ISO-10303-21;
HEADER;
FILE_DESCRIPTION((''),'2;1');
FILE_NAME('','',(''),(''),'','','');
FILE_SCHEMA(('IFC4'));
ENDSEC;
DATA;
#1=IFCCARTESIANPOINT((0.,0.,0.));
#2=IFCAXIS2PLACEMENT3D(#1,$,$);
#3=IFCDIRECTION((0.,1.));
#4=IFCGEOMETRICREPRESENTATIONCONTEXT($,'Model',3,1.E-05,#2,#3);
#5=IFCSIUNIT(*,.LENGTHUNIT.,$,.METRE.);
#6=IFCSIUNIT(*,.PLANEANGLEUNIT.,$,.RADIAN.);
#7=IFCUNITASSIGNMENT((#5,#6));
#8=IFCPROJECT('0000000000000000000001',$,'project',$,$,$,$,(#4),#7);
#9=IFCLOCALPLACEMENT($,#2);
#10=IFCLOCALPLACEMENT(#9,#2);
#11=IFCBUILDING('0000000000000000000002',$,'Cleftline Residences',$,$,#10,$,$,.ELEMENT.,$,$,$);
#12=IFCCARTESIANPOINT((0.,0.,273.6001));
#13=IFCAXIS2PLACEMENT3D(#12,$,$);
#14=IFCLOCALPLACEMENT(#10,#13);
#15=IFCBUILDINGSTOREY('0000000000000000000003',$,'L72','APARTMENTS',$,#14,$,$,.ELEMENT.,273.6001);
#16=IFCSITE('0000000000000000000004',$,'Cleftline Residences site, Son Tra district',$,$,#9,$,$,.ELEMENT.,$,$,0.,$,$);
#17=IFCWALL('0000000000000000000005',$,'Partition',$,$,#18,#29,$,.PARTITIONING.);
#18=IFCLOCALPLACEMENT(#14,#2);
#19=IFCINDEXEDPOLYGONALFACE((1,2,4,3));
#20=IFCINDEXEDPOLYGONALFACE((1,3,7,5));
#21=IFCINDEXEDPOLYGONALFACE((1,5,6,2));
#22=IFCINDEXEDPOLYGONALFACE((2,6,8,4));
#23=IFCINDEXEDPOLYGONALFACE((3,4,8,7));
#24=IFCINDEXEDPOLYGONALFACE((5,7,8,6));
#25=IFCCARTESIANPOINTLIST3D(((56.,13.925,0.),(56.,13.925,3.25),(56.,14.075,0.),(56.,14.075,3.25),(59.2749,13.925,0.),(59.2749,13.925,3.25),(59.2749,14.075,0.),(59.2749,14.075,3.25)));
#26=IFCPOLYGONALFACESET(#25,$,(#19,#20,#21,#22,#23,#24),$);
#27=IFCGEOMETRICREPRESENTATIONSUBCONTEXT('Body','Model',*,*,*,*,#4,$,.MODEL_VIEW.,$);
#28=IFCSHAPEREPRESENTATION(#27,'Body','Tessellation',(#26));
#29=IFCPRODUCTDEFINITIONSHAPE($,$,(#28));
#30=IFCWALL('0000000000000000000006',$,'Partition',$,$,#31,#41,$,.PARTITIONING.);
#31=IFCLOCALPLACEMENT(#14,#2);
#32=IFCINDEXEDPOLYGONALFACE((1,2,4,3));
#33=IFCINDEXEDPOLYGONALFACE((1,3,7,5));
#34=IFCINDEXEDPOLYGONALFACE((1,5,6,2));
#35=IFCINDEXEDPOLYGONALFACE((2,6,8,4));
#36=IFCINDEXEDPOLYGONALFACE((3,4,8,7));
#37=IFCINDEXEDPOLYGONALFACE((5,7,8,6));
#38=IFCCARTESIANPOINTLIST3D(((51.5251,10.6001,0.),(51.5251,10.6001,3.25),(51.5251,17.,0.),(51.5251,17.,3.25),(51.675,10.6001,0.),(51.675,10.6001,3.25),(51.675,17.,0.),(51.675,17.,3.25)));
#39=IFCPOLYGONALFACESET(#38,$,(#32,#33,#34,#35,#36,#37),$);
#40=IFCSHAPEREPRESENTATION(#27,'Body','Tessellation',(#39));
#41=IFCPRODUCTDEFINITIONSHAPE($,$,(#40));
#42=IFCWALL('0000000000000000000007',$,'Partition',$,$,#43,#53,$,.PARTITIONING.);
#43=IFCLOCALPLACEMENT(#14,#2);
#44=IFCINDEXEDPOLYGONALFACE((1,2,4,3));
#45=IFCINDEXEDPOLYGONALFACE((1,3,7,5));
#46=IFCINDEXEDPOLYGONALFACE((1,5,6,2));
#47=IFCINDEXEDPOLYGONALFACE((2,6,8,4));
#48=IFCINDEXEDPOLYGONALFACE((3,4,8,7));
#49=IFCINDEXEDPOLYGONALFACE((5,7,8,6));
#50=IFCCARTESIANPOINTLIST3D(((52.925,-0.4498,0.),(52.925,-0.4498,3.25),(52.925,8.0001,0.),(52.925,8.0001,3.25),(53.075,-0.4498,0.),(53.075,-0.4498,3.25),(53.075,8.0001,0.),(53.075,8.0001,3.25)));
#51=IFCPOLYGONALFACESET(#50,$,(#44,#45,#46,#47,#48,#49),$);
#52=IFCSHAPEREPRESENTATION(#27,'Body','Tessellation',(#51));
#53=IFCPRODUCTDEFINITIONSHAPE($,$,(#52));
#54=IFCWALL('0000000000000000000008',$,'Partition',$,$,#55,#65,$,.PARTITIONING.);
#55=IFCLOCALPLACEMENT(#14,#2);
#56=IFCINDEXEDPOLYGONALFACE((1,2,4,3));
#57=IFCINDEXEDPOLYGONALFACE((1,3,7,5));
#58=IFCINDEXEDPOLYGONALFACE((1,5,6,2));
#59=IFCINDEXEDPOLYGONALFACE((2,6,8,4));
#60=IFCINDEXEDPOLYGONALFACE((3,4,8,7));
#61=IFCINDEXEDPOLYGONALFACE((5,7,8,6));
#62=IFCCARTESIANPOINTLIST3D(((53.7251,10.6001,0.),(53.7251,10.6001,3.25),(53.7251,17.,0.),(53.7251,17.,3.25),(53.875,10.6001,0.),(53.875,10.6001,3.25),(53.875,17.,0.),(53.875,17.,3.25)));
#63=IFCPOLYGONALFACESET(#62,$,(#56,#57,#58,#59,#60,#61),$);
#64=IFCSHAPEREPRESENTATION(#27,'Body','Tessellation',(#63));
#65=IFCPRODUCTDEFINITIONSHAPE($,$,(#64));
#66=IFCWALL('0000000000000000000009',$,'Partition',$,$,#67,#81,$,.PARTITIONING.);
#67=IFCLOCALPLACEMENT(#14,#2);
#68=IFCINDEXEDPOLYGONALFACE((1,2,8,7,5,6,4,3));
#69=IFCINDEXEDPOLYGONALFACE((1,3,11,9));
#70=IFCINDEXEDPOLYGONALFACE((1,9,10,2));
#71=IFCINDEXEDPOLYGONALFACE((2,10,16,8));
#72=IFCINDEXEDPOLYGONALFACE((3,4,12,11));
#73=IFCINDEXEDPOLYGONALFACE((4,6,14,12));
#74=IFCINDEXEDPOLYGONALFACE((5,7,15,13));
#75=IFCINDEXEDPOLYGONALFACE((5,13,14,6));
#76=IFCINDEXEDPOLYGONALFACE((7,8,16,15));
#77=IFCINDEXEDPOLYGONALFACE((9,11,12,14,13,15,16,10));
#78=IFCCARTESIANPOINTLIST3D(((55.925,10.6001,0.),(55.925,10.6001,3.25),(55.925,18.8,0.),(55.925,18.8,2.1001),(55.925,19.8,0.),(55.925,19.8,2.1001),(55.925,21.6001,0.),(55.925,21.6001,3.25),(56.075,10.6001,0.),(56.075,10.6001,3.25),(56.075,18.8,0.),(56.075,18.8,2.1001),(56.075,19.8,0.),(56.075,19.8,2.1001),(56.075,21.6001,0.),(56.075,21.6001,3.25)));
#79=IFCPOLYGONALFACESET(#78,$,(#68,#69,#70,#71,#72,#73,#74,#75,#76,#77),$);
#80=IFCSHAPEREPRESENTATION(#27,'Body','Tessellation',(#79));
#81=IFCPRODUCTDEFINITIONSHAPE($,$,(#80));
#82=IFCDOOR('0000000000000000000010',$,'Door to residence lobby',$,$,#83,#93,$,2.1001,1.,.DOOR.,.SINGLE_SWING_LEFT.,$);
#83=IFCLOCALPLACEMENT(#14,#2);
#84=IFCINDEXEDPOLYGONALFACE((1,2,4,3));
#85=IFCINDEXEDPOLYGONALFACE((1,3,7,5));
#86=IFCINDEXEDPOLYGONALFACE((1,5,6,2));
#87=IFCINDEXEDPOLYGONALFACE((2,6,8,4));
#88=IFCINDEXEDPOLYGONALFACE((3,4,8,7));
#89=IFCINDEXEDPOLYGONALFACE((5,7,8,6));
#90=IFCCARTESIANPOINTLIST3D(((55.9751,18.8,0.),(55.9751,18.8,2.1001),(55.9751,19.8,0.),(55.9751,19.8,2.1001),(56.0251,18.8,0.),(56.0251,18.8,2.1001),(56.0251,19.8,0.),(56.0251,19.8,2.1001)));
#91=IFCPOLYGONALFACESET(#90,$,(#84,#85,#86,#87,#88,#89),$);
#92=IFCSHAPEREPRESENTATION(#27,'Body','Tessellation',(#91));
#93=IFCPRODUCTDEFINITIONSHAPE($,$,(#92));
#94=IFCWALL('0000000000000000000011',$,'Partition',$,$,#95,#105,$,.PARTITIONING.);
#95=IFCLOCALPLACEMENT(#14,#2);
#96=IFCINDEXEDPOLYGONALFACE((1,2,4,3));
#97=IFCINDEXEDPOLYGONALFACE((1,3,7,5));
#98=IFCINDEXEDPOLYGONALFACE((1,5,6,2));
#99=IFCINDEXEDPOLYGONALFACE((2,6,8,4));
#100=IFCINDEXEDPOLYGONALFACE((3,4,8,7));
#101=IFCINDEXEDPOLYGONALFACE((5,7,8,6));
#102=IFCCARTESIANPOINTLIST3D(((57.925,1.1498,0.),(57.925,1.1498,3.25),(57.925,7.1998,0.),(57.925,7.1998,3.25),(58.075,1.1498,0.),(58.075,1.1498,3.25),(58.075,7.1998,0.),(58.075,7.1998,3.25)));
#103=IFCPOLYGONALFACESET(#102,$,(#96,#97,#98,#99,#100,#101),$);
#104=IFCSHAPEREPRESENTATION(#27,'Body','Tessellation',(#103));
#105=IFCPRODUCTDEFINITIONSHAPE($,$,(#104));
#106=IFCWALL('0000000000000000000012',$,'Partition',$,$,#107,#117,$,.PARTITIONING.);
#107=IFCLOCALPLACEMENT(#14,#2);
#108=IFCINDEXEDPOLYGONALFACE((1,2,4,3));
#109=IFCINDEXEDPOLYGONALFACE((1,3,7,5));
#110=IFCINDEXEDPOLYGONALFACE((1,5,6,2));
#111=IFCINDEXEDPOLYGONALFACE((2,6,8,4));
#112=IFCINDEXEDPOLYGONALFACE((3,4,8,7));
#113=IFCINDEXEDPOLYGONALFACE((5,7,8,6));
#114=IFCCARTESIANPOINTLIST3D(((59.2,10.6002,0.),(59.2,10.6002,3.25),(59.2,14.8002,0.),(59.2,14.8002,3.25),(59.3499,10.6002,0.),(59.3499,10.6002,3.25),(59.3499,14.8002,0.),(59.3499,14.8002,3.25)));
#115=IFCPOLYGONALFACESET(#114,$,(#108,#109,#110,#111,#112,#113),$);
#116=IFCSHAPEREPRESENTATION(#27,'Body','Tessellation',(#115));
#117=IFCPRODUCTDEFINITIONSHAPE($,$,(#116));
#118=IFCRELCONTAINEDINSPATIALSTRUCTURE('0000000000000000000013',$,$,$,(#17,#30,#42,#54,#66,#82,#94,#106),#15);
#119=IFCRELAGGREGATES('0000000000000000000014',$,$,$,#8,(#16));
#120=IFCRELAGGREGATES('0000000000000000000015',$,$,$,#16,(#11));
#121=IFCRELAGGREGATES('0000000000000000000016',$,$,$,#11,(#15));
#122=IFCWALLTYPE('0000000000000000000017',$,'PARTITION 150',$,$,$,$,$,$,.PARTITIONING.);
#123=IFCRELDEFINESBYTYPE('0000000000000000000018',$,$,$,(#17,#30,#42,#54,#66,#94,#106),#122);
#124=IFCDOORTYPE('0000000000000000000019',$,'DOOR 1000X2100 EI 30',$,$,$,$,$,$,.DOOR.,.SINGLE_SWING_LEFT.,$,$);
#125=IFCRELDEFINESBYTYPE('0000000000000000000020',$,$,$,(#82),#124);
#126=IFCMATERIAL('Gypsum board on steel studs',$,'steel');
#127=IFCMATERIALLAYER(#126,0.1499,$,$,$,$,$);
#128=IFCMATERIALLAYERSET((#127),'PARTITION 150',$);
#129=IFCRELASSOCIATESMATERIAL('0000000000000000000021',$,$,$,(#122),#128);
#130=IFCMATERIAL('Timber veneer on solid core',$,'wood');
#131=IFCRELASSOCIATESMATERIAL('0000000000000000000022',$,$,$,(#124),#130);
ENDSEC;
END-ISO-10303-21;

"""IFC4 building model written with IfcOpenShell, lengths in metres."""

from ifc_helpers import new_model, si_unit, direction, frame, frame_2d, origin, place, context, subcontext, project, spatial, rectangle, extrude, material, layer, layer_set, type_object, element, fill, save


model = new_model("IFC4")

# Units and contexts
model_context = context("Model", 3, precision=1e-05, world=origin(), true_north=direction((0.0, 1.0)))
body_context = subcontext(model_context, "Body", "Model", "MODEL_VIEW")
ifc_project = project(units=[si_unit("LENGTHUNIT", "METRE"), si_unit("PLANEANGLEUNIT", "RADIAN")], contexts=[model_context])

# Site, building, storey
site_placement = place(None, origin())
site = spatial("IfcSite", under=ifc_project, at=site_placement, Name="Cleftline Residences site, Son Tra district", CompositionType="ELEMENT", RefElevation=0.0)
building_placement = place(site_placement, origin())
building = spatial("IfcBuilding", under=site, at=building_placement, Name="Cleftline Residences", CompositionType="ELEMENT")
storey_placement = place(building_placement, frame((0.0, 0.0, 273.6001)))
storey = spatial("IfcBuildingStorey", under=building, at=storey_placement, Name="L72", Description="APARTMENTS", CompositionType="ELEMENT", Elevation=273.6001)

# Shared definitions
ifc_material_1 = material(Name="Gypsum board on steel studs", Category="steel")
ifc_layer_1 = layer(ifc_material_1, 0.1499)
ifc_layer_set_1 = layer_set([ifc_layer_1], Name="PARTITION 150")
wall_type_1 = type_object("IfcWallType", Name="PARTITION 150", PredefinedType="PARTITIONING", material=ifc_layer_set_1)

# Walls
wall_1_placement = place(storey_placement, frame((56.0, 14.0, 0.0), z_axis=(0.0, 0.0, 1.0), x_axis=(1.0, 0.0, 0.0)))
element("IfcWall", 1, at=wall_1_placement, inside=storey, type_object=wall_type_1, Name="Partition", PredefinedType="PARTITIONING", context=body_context, shape_type="SweptSolid", body=[
    extrude(rectangle(XDim=3.2749, YDim=0.1499, at=frame_2d((1.6375, 0.0))), origin(), (0.0, 0.0, 1.0), 3.25),
])
wall_2_placement = place(storey_placement, frame((51.6001, 10.6001, 0.0), z_axis=(0.0, 0.0, 1.0), x_axis=(0.0, 1.0, 0.0)))
element("IfcWall", 2, at=wall_2_placement, inside=storey, type_object=wall_type_1, Name="Partition", PredefinedType="PARTITIONING", context=body_context, shape_type="SweptSolid", body=[
    extrude(rectangle(XDim=6.3999, YDim=0.1499, at=frame_2d((3.2, 0.0))), origin(), (0.0, 0.0, 1.0), 3.25),
])
wall_3_placement = place(storey_placement, frame((53.0, -0.45, 0.0), z_axis=(0.0, 0.0, 1.0), x_axis=(0.0, 1.0, 0.0)))
element("IfcWall", 3, at=wall_3_placement, inside=storey, type_object=wall_type_1, Name="Partition", PredefinedType="PARTITIONING", context=body_context, shape_type="SweptSolid", body=[
    extrude(rectangle(XDim=8.45, YDim=0.1499, at=frame_2d((4.2251, 0.0))), origin(), (0.0, 0.0, 1.0), 3.25),
])
wall_4_placement = place(storey_placement, frame((53.8, 10.6001, 0.0), z_axis=(0.0, 0.0, 1.0), x_axis=(0.0, 1.0, 0.0)))
element("IfcWall", 4, at=wall_4_placement, inside=storey, type_object=wall_type_1, Name="Partition", PredefinedType="PARTITIONING", context=body_context, shape_type="SweptSolid", body=[
    extrude(rectangle(XDim=6.3999, YDim=0.1499, at=frame_2d((3.2, 0.0))), origin(), (0.0, 0.0, 1.0), 3.25),
])

# Wall, opening, door
wall_5_placement = place(storey_placement, frame((56.0, 10.6001, 0.0), z_axis=(0.0, 0.0, 1.0), x_axis=(0.0, 1.0, 0.0)))
wall_5 = element("IfcWall", 5, at=wall_5_placement, inside=storey, type_object=wall_type_1, Name="Partition", PredefinedType="PARTITIONING", context=body_context, shape_type="SweptSolid", body=[
    extrude(rectangle(XDim=11.0, YDim=0.1499, at=frame_2d((5.5, 0.0))), origin(), (0.0, 0.0, 1.0), 3.25),
])
opening_1_placement = place(wall_5_placement, frame((8.2, 0.0, 0.0)))
opening_1 = element("IfcOpeningElement", 6, at=opening_1_placement, cuts=wall_5, PredefinedType="OPENING", context=body_context, shape_type="SweptSolid", body=[
    extrude(rectangle(XDim=1.0, YDim=2.1001, at=frame_2d((0.5, 1.05))), frame((0.0, 0.085, 0.0), z_axis=(0.0, -1.0, 0.0), x_axis=(1.0, 0.0, 0.0)), (0.0, 0.0, 1.0), 0.1699),
])
ifc_material_2 = material(Name="Timber veneer on solid core", Category="wood")
door_type_1 = type_object("IfcDoorType", Name="DOOR 1000X2100 EI 30", OperationType="SINGLE_SWING_LEFT", PredefinedType="DOOR", material=ifc_material_2)
door_1_placement = place(opening_1_placement, origin())
door_1 = element("IfcDoor", 7, at=door_1_placement, inside=storey, type_object=door_type_1, Name="Door to residence lobby", OperationType="SINGLE_SWING_LEFT", OverallHeight=2.1001, OverallWidth=1.0, PredefinedType="DOOR", context=body_context, shape_type="SweptSolid", body=[
    extrude(rectangle(XDim=1.0, YDim=2.1001, at=frame_2d((0.5, 1.05))), frame((0.0, 0.0249, 0.0), z_axis=(0.0, -1.0, 0.0), x_axis=(1.0, 0.0, 0.0)), (0.0, 0.0, 1.0), 0.05),
])
fill(opening_1, door_1)

# Walls
wall_6_placement = place(storey_placement, frame((58.0, 1.1499, 0.0), z_axis=(0.0, 0.0, 1.0), x_axis=(0.0, 1.0, 0.0)))
element("IfcWall", 8, at=wall_6_placement, inside=storey, type_object=wall_type_1, Name="Partition", PredefinedType="PARTITIONING", context=body_context, shape_type="SweptSolid", body=[
    extrude(rectangle(XDim=6.05, YDim=0.1499, at=frame_2d((3.0249, 0.0))), origin(), (0.0, 0.0, 1.0), 3.25),
])
wall_7_placement = place(storey_placement, frame((59.2749, 10.6001, 0.0), z_axis=(0.0, 0.0, 1.0), x_axis=(0.0, 1.0, 0.0)))
element("IfcWall", 9, at=wall_7_placement, inside=storey, type_object=wall_type_1, Name="Partition", PredefinedType="PARTITIONING", context=body_context, shape_type="SweptSolid", body=[
    extrude(rectangle(XDim=4.2, YDim=0.1499, at=frame_2d((2.1001, 0.0))), origin(), (0.0, 0.0, 1.0), 3.25),
])

save(model, "model.ifc")
